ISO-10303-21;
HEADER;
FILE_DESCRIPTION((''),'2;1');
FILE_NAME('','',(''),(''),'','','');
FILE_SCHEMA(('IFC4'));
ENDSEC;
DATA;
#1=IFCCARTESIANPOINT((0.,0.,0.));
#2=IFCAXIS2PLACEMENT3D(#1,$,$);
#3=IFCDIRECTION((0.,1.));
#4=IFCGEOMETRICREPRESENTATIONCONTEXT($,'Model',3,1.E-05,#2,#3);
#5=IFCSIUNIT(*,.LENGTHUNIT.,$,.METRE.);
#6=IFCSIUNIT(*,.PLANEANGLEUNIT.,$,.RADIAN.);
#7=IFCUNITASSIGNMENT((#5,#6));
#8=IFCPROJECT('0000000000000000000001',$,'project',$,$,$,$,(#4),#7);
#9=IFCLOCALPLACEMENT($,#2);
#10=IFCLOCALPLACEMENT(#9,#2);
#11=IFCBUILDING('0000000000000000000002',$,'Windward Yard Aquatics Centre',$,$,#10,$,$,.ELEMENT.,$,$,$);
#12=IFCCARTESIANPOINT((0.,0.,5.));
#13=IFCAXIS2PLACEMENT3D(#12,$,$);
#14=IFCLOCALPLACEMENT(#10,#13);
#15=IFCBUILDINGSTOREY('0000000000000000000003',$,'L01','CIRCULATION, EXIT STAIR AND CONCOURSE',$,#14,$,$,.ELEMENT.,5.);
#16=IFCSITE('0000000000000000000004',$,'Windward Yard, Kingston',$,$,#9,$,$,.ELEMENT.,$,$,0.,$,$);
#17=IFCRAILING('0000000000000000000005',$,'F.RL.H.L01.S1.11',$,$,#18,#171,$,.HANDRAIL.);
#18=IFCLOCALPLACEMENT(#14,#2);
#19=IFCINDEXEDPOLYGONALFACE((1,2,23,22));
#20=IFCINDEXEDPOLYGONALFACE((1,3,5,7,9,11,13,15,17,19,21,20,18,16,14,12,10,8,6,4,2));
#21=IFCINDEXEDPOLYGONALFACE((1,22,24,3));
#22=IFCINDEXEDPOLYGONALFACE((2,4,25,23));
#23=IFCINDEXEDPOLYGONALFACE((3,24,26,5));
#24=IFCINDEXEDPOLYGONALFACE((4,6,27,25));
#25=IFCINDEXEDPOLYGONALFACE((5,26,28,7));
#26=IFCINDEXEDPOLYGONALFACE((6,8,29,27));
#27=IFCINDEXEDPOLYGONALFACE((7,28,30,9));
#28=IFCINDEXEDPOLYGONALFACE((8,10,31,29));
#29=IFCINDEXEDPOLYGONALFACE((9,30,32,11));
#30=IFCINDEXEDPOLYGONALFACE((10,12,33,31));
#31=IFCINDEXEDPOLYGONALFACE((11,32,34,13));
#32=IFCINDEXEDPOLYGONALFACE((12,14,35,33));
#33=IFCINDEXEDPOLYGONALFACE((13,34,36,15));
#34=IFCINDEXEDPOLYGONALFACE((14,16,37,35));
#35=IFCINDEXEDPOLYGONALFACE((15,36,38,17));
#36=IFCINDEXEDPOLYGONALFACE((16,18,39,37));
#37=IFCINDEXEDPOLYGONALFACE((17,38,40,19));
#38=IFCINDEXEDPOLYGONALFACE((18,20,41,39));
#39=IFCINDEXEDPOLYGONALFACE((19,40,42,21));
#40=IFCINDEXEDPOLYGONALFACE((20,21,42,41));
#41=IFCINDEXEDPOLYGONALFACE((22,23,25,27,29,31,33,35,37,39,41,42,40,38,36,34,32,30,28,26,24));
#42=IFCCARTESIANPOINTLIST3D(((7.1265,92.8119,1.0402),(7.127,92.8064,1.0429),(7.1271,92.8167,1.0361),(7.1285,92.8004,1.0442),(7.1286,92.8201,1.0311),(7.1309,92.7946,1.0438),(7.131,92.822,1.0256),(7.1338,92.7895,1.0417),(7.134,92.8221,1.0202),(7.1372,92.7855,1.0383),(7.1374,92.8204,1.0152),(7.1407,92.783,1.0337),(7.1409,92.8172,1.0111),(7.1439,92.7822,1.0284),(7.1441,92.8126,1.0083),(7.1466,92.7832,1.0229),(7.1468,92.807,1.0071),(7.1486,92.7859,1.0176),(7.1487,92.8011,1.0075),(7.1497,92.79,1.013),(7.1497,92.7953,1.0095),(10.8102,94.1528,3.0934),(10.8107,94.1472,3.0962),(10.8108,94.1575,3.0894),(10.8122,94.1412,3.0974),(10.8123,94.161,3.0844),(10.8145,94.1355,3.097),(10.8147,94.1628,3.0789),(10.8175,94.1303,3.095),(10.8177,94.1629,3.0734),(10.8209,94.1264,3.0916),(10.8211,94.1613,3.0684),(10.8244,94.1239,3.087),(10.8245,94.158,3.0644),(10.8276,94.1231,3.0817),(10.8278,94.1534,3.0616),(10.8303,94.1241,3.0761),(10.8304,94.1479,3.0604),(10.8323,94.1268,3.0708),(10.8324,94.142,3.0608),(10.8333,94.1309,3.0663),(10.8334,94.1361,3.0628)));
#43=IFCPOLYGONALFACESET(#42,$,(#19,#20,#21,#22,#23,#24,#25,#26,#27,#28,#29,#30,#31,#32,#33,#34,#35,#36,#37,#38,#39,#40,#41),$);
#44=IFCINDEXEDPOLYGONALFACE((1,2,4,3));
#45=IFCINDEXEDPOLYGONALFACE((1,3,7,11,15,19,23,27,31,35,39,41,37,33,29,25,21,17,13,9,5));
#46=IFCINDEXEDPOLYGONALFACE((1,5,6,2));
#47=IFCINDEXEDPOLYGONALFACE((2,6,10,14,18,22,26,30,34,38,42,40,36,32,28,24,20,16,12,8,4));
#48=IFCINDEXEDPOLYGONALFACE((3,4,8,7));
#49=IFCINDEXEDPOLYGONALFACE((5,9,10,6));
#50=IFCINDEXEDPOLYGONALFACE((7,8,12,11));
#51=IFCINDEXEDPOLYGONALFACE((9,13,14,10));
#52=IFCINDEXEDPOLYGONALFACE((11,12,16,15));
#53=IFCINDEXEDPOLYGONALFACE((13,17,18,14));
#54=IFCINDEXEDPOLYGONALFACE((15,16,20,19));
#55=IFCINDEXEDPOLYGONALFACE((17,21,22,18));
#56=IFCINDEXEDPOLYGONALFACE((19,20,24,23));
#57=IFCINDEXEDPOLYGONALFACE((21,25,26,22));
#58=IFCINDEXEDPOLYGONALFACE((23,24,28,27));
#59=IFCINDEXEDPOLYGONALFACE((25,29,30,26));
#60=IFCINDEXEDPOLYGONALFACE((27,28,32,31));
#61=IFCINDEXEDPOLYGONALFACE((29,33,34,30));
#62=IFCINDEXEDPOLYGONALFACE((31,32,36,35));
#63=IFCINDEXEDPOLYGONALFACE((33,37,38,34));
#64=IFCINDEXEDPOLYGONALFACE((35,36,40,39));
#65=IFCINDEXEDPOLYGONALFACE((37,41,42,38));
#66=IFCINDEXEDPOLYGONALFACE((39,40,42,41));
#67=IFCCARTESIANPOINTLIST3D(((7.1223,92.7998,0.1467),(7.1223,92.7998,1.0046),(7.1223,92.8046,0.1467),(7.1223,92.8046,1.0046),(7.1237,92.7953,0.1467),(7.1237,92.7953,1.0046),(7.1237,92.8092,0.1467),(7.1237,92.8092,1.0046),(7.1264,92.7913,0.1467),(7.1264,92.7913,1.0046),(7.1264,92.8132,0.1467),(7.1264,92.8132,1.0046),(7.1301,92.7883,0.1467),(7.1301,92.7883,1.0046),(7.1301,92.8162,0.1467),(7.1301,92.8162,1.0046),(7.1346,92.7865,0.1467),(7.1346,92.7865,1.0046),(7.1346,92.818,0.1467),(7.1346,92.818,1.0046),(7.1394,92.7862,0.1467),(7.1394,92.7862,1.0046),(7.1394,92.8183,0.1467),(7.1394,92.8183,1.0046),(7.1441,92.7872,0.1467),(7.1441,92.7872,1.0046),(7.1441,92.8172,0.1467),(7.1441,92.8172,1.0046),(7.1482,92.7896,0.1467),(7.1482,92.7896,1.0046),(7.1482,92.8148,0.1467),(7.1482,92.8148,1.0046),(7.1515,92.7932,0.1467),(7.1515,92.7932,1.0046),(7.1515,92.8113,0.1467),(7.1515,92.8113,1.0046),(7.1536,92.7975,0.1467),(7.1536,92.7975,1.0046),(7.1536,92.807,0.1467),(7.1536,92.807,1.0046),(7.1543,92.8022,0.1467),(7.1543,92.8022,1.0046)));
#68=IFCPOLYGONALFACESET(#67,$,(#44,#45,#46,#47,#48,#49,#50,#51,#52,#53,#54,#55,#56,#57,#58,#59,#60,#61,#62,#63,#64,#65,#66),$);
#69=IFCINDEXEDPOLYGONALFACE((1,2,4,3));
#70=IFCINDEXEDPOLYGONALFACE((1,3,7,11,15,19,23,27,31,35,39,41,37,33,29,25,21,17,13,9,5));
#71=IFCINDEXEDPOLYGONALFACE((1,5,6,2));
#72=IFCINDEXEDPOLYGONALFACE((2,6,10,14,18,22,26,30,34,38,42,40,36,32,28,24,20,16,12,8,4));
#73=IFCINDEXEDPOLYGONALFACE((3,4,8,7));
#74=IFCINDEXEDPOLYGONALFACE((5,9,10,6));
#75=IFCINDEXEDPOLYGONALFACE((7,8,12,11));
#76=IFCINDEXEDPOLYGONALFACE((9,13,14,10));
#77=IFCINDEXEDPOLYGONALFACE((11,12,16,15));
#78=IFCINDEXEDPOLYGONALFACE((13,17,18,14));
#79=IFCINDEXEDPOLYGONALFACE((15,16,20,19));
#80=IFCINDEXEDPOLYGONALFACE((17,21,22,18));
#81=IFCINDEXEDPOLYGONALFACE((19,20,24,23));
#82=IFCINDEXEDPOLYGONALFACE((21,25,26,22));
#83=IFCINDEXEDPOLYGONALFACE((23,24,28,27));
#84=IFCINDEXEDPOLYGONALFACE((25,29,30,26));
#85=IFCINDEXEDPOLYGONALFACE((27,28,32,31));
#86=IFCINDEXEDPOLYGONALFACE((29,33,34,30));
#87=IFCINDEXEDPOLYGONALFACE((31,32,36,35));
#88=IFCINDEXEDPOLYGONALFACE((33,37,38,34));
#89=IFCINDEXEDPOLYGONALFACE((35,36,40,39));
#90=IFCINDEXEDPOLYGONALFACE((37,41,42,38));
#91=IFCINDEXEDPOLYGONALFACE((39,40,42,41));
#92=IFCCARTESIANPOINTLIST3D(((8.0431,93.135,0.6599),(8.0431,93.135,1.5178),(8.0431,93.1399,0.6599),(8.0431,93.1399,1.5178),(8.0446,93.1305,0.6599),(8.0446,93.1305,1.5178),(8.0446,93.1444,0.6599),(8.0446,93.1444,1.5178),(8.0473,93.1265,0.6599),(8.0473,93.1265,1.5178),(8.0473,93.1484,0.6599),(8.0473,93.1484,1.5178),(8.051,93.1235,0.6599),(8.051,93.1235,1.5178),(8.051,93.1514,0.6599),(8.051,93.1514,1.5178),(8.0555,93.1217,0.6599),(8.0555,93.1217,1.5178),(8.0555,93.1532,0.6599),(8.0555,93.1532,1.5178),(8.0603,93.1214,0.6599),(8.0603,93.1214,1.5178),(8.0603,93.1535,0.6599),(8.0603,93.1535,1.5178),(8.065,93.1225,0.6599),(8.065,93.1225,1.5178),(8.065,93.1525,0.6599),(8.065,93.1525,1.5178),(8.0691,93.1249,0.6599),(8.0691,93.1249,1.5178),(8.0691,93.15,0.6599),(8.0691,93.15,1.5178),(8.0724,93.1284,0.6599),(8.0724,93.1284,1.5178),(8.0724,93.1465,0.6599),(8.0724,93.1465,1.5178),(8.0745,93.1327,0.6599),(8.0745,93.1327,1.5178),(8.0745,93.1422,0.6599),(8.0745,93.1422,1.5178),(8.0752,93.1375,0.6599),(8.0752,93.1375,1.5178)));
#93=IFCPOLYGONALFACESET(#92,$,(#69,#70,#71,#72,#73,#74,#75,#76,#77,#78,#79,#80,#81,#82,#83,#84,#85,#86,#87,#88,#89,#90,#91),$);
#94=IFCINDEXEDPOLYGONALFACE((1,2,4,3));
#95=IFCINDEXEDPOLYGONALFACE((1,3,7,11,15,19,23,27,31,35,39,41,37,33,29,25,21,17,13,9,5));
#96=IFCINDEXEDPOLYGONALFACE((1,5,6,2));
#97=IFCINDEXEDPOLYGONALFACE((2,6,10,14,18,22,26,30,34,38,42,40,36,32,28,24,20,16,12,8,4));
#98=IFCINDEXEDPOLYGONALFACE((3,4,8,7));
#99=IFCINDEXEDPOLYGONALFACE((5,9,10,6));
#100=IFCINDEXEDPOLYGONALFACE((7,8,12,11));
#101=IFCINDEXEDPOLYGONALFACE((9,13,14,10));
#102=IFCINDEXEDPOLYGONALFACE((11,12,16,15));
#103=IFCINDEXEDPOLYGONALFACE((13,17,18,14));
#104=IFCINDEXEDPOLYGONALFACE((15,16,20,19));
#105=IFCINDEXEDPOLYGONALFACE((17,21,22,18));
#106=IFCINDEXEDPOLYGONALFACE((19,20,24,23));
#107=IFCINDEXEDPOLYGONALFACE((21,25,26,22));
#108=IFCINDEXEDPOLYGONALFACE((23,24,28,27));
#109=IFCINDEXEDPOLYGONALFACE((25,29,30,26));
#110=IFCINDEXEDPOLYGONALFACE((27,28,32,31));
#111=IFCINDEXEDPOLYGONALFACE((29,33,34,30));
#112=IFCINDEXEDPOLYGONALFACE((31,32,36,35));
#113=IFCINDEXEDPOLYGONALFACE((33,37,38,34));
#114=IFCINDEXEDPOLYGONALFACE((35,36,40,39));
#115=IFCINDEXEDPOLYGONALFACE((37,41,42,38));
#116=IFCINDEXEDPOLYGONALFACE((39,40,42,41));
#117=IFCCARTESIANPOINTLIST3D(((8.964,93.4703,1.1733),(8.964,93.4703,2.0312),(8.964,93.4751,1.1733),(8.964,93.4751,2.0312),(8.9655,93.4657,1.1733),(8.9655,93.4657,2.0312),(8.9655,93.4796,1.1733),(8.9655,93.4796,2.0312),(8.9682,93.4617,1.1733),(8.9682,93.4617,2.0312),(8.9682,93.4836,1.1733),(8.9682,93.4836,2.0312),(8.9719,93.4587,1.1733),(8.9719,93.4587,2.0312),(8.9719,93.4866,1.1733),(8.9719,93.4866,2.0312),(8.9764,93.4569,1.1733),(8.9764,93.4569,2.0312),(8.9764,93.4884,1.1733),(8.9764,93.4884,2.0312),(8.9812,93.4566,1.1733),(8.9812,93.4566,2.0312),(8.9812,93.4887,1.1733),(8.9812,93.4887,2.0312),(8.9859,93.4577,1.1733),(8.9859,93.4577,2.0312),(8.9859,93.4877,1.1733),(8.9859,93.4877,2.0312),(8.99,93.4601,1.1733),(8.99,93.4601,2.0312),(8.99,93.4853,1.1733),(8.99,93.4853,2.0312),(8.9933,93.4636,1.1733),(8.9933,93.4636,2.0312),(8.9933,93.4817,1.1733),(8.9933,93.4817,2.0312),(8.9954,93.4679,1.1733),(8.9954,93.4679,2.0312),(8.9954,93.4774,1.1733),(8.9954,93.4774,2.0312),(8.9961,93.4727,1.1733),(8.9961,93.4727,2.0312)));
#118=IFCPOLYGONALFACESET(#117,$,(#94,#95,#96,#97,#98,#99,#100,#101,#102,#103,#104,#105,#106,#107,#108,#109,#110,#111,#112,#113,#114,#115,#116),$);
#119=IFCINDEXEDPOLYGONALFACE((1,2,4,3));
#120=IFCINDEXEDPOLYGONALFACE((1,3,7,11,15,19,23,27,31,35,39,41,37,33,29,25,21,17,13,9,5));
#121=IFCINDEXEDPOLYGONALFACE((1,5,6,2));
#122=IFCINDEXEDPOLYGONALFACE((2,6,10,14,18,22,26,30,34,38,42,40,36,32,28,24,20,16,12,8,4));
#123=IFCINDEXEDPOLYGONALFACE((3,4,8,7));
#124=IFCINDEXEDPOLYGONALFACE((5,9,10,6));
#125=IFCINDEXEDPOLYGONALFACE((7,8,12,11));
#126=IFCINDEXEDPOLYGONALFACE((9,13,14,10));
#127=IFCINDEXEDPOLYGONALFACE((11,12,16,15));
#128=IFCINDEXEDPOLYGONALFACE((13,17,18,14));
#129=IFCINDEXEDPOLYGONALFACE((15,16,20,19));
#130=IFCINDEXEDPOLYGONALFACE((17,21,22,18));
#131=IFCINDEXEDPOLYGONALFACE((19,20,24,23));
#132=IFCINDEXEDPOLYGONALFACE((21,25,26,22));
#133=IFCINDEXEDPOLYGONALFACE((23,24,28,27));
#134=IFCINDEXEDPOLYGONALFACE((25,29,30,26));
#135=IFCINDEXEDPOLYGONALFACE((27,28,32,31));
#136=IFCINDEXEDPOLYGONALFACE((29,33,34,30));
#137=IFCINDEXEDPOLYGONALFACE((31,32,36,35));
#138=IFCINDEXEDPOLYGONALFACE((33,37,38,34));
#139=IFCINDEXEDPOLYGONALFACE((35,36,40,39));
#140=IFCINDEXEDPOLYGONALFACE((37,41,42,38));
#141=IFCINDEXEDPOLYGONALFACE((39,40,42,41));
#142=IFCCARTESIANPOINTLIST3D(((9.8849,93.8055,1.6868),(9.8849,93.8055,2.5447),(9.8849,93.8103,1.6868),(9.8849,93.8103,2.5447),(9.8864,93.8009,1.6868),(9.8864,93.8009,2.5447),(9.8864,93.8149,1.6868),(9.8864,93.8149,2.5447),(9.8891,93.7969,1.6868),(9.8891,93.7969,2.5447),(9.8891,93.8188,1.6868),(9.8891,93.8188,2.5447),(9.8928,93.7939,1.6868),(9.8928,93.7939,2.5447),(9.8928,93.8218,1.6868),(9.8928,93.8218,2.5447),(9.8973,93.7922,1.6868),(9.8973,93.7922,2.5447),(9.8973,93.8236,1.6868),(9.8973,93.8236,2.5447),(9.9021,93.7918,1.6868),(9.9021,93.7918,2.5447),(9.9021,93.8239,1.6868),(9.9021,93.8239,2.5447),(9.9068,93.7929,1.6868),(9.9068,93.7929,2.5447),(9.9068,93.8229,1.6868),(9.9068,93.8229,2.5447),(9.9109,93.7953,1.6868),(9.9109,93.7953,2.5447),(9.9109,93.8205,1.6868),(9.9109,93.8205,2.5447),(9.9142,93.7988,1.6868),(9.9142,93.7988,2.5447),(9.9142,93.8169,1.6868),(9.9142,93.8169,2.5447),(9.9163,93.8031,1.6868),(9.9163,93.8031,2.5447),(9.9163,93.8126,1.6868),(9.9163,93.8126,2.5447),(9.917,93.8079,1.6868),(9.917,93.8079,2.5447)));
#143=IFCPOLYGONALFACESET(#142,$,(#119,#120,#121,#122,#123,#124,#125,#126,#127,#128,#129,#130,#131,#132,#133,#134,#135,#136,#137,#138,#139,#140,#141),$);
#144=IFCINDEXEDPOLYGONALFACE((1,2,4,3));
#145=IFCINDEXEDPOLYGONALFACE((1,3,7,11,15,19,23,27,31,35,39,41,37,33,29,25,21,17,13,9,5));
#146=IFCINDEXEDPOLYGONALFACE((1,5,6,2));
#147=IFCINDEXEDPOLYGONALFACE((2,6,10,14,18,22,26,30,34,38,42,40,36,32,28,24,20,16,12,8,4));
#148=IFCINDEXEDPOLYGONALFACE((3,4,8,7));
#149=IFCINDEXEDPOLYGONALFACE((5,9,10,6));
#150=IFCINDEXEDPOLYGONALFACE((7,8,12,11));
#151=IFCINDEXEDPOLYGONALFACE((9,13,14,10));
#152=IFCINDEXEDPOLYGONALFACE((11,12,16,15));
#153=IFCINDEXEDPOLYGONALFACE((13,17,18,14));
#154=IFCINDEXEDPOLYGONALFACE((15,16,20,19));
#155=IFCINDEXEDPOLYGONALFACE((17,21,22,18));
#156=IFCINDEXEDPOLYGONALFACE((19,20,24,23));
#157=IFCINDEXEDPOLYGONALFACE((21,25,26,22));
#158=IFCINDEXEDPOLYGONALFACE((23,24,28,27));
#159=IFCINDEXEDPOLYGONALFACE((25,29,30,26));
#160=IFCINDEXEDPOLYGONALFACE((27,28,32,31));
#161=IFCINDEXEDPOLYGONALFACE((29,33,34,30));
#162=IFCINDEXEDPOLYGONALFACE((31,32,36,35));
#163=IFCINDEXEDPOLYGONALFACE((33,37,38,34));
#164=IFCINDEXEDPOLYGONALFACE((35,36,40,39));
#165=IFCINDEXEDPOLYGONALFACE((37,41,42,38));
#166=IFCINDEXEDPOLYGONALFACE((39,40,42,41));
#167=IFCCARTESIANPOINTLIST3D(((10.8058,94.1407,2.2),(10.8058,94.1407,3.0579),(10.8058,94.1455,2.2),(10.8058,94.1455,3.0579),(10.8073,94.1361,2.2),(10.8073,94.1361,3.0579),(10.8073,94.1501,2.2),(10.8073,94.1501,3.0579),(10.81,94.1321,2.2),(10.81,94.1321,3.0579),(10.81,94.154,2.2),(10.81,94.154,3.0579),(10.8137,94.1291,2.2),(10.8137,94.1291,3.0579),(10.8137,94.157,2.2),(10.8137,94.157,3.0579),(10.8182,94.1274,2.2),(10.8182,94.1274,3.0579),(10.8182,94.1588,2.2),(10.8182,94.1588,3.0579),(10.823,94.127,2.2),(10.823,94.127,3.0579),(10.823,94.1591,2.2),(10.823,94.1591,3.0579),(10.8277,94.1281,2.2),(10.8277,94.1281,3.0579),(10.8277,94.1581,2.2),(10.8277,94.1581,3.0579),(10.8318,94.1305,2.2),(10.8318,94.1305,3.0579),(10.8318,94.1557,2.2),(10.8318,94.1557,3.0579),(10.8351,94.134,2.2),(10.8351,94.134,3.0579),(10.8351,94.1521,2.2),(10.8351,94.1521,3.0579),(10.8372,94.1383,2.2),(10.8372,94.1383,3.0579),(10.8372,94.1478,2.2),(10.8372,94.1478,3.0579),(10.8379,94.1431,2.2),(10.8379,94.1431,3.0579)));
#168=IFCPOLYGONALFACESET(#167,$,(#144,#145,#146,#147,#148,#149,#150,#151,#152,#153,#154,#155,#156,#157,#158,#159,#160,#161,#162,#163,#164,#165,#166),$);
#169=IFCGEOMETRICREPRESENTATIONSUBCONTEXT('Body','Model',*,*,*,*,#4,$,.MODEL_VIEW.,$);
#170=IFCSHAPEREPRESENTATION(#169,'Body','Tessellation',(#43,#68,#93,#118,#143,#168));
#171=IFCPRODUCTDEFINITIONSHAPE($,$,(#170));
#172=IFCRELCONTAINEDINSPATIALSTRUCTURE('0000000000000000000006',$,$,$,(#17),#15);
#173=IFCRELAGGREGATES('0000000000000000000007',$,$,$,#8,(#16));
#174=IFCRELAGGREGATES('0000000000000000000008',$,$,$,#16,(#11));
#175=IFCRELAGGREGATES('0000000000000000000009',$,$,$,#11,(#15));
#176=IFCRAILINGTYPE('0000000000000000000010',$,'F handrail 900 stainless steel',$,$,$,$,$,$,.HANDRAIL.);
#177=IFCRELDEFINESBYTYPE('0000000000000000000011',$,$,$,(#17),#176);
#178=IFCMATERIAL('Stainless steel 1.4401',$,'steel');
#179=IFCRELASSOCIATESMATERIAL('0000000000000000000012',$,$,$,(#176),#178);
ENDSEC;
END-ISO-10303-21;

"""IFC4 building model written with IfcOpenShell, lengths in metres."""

from ifc_helpers import new_model, si_unit, direction, frame, origin, origin_2d, place, context, subcontext, project, spatial, circle, extrude, material, type_object, element, save


model = new_model("IFC4")

# Units and contexts
model_context = context("Model", 3, precision=1e-05, world=origin(), true_north=direction((0.0, 1.0)))
body_context = subcontext(model_context, "Body", "Model", "MODEL_VIEW")
ifc_project = project(units=[si_unit("LENGTHUNIT", "METRE"), si_unit("PLANEANGLEUNIT", "RADIAN")], contexts=[model_context])

# Site, building, storey
site_placement = place(None, origin())
site = spatial("IfcSite", under=ifc_project, at=site_placement, Name="Windward Yard, Kingston", CompositionType="ELEMENT", RefElevation=0.0)
building_placement = place(site_placement, origin())
building = spatial("IfcBuilding", under=site, at=building_placement, Name="Windward Yard Aquatics Centre", CompositionType="ELEMENT")
storey_placement = place(building_placement, frame((0.0, 0.0, 5.0)))
storey = spatial("IfcBuildingStorey", under=building, at=storey_placement, Name="L01", Description="CIRCULATION, EXIT STAIR AND CONCOURSE", CompositionType="ELEMENT", Elevation=5.0)

# Railing
ifc_material_1 = material(Name="Stainless steel 1.4401", Category="steel")
railing_type = type_object("IfcRailingType", Name="F handrail 900 stainless steel", PredefinedType="HANDRAIL", material=ifc_material_1)
railing_1_placement = place(storey_placement, frame((7.1382, 92.8022, 0.1467)))
element("IfcRailing", 1, at=railing_1_placement, inside=storey, type_object=railing_type, Name="F.RL.H.L01.S1.11", PredefinedType="HANDRAIL", context=body_context, shape_type="SweptSolid", body=[
    extrude(circle(Radius=0.021, at=origin_2d()), frame((0.0, 0.0, 0.8789), z_axis=(0.832413, 0.302997, 0.463984), x_axis=(-0.342043, 0.939684, 0.0)), (0.0, 0.0, 1.0), 4.4253),
    extrude(circle(Radius=0.0161, at=origin_2d()), origin(), (0.0, 0.0, 1.0), 0.8579),
    extrude(circle(Radius=0.0161, at=origin_2d()), frame((0.9209, 0.3352, 0.5132)), (0.0, 0.0, 1.0), 0.8579),
    extrude(circle(Radius=0.0161, at=origin_2d()), frame((1.8418, 0.6704, 1.0266)), (0.0, 0.0, 1.0), 0.8579),
    extrude(circle(Radius=0.0161, at=origin_2d()), frame((2.7627, 1.0056, 1.54)), (0.0, 0.0, 1.0), 0.8579),
    extrude(circle(Radius=0.0161, at=origin_2d()), frame((3.6836, 1.3408, 2.0532)), (0.0, 0.0, 1.0), 0.8579),
])

save(model, "model.ifc")
